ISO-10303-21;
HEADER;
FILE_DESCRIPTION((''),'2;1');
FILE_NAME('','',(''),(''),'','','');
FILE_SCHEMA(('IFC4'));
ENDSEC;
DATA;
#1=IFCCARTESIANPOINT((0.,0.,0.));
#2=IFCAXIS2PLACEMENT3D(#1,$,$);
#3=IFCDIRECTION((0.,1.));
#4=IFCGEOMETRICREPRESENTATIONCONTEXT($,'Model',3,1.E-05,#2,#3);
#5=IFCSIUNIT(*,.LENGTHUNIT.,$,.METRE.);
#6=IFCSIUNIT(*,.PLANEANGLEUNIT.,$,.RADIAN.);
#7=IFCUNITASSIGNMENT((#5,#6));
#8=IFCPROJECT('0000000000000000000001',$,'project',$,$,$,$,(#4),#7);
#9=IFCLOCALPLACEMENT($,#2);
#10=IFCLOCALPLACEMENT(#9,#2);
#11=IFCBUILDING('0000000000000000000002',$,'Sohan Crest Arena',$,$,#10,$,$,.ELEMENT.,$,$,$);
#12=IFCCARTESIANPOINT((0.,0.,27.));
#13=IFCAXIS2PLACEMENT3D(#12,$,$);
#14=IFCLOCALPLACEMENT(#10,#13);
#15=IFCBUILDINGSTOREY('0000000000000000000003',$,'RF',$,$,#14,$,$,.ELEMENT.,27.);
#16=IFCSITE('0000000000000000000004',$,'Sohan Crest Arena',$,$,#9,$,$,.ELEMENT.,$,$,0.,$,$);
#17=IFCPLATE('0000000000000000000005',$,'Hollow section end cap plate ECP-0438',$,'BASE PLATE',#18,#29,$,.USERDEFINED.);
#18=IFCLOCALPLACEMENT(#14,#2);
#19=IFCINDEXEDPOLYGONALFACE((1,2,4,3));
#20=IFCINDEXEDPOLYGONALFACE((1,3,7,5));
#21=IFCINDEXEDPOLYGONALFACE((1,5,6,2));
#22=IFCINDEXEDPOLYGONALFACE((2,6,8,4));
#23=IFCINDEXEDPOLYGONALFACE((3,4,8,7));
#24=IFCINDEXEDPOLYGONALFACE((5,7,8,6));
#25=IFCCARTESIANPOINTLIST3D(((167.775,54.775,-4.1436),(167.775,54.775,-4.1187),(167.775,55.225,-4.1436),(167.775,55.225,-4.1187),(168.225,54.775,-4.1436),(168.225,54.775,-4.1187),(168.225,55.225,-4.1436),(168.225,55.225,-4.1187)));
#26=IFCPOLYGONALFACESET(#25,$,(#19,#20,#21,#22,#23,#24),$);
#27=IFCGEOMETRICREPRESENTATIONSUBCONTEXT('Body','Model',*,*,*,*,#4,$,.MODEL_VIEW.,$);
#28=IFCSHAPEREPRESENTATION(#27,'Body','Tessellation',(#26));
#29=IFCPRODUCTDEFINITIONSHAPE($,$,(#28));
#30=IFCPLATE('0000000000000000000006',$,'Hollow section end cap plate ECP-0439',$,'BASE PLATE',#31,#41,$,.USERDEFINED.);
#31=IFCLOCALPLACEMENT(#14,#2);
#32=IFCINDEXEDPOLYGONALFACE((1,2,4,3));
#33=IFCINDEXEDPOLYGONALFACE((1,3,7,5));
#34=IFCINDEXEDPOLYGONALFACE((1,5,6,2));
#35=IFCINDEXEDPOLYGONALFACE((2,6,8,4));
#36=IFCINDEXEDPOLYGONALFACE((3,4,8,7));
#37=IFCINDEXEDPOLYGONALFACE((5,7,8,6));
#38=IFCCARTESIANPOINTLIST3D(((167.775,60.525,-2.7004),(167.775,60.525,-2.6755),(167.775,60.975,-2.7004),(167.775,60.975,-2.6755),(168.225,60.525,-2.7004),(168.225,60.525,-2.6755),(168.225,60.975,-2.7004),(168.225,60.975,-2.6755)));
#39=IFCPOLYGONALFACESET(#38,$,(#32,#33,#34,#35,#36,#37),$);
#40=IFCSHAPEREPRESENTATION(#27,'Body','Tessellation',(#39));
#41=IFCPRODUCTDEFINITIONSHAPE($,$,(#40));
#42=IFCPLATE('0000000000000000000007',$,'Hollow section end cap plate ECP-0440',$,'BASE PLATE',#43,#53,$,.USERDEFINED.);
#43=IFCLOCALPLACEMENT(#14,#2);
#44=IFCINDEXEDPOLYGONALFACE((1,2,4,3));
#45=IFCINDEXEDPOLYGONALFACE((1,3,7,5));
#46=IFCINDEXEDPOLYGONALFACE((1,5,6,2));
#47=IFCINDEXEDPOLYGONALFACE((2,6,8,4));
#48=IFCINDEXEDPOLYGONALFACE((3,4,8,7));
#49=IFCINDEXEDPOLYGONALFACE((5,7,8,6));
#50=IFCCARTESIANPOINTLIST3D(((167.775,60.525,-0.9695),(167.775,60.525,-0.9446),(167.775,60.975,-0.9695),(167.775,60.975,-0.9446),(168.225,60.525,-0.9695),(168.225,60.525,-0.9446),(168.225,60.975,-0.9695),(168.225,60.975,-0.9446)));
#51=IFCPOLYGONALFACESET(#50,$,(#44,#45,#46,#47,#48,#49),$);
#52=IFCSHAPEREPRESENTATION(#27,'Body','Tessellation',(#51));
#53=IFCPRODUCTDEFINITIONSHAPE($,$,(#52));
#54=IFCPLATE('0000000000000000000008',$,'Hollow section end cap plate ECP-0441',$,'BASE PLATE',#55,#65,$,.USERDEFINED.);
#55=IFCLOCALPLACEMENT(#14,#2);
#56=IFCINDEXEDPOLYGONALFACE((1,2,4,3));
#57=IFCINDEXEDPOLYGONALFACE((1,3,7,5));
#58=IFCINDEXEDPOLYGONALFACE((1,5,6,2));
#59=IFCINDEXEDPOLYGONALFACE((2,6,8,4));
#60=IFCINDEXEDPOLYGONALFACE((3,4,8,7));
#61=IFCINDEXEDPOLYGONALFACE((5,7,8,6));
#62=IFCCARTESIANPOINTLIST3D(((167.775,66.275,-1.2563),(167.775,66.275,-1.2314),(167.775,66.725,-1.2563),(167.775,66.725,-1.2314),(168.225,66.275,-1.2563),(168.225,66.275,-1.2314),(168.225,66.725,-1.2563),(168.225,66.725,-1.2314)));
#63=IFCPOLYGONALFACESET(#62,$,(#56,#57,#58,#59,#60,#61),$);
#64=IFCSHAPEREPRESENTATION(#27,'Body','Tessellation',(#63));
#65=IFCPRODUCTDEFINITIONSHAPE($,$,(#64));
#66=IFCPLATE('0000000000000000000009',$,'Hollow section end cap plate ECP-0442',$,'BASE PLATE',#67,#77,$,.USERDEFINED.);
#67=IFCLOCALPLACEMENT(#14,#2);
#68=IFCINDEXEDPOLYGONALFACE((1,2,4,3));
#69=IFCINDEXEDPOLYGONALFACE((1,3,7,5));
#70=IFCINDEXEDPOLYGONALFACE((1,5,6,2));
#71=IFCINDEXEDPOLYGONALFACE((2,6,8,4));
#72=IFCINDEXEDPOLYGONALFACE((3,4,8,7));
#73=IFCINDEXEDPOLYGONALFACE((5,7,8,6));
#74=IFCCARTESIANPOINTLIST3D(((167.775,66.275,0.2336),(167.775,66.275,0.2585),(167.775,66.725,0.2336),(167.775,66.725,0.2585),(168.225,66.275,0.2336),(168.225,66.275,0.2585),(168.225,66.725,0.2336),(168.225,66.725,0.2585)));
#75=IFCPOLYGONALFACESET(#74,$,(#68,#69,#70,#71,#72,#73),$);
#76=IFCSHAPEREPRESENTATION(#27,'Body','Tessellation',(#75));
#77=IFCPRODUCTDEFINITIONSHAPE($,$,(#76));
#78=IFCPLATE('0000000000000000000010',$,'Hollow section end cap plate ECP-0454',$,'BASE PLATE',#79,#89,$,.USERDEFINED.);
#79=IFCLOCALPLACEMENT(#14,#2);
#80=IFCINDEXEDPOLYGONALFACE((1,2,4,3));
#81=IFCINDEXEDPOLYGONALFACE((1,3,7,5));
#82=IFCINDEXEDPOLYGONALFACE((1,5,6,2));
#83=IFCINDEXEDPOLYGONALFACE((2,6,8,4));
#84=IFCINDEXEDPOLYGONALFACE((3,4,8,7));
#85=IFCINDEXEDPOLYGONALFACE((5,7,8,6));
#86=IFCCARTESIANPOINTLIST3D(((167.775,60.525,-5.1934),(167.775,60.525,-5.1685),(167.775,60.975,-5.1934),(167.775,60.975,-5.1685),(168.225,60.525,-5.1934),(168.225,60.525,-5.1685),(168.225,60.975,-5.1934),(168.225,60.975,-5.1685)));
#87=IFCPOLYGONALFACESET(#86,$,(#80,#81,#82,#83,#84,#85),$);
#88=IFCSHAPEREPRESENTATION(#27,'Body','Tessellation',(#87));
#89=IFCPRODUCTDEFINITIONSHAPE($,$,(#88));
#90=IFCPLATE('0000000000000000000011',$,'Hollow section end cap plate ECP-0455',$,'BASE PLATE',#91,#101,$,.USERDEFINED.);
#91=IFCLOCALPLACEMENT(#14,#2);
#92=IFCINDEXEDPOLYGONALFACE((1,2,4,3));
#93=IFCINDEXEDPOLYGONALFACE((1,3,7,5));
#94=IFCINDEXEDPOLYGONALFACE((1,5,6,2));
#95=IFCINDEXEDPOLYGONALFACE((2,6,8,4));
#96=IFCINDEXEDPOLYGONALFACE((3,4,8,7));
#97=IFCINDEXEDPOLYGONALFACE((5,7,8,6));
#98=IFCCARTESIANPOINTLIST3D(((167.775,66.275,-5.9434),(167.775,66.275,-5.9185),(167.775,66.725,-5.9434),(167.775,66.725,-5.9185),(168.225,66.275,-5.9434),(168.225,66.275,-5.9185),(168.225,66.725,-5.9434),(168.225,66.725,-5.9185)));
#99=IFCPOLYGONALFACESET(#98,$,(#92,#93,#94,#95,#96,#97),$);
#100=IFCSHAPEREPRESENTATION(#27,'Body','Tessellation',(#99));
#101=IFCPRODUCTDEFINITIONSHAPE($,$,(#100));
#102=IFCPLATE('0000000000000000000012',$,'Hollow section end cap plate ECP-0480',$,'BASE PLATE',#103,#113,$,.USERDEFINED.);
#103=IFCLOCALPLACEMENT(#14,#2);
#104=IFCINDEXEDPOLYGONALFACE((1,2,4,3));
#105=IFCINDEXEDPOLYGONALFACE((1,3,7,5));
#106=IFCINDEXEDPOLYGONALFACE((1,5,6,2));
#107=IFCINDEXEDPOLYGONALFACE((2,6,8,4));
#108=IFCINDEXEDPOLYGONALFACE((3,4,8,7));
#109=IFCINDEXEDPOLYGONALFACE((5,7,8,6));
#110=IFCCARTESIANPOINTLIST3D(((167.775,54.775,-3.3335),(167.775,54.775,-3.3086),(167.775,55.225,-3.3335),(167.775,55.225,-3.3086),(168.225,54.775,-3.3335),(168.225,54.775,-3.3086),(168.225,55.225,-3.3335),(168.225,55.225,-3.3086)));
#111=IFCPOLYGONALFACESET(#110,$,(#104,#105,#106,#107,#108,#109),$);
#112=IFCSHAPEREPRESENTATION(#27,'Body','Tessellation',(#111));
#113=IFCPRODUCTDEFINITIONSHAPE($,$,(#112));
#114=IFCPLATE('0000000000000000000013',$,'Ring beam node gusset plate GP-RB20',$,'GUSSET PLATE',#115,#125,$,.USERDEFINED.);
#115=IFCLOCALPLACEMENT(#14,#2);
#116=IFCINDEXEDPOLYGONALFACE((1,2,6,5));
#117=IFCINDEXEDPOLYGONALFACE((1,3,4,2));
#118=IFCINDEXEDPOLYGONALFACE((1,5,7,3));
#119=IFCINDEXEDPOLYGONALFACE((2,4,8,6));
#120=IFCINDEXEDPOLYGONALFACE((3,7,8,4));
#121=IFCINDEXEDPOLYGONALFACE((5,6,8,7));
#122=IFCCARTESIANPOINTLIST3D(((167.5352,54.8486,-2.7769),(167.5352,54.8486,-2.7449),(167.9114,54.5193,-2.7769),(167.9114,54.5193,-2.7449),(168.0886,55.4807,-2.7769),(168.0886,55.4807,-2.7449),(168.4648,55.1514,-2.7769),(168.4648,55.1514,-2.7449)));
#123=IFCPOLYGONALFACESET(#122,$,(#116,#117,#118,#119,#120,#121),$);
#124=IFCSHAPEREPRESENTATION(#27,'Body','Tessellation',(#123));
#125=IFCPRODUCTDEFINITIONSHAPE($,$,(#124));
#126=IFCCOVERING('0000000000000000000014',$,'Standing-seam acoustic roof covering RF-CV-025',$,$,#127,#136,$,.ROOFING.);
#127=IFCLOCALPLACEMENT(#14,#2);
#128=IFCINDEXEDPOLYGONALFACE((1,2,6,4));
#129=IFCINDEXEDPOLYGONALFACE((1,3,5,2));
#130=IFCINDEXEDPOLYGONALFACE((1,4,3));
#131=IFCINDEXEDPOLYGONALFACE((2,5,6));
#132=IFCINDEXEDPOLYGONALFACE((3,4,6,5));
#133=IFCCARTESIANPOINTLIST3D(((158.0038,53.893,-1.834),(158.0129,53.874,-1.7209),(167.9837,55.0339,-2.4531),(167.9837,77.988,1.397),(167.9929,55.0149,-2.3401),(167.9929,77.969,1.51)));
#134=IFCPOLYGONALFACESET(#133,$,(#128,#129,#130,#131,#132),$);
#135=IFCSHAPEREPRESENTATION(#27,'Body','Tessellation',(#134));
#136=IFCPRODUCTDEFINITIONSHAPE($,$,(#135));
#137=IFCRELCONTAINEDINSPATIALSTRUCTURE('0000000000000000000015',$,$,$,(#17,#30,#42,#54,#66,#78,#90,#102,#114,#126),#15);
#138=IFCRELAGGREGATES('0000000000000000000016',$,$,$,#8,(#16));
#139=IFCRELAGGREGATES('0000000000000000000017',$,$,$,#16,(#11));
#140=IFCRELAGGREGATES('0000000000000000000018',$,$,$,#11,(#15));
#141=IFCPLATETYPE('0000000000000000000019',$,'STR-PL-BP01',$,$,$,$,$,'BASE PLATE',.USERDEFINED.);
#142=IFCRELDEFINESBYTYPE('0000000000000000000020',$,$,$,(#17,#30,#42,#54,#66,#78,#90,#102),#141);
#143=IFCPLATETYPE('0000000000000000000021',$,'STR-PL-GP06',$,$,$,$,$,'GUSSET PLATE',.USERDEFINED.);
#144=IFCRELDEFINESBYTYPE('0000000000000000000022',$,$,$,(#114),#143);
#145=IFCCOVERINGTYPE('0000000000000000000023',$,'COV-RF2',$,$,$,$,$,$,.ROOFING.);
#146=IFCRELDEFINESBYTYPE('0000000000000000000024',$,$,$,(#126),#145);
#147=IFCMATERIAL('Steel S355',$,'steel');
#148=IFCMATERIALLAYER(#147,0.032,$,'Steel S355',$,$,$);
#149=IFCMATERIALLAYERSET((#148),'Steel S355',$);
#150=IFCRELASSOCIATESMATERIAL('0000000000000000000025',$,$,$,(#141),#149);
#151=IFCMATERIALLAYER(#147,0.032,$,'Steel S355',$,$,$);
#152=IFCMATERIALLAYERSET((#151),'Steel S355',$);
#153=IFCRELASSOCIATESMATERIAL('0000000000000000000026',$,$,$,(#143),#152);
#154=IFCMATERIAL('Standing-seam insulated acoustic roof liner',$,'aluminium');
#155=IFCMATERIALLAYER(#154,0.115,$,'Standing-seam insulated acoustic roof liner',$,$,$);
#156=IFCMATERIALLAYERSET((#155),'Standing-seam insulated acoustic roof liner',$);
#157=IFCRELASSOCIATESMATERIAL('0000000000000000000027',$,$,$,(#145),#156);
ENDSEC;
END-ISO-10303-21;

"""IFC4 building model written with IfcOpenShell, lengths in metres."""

from ifc_helpers import new_model, si_unit, direction, frame, origin, origin_2d, place, context, subcontext, project, spatial, polyline, rectangle, outline, extrude, material, layer, layer_set, type_object, element, save


model = new_model("IFC4")

# Units and contexts
model_context = context("Model", 3, precision=1e-05, world=origin(), true_north=direction((0.0, 1.0)))
body_context = subcontext(model_context, "Body", "Model", "MODEL_VIEW")
ifc_project = project(units=[si_unit("LENGTHUNIT", "METRE"), si_unit("PLANEANGLEUNIT", "RADIAN")], contexts=[model_context])

# Site, building, storey
site_placement = place(None, origin())
site = spatial("IfcSite", under=ifc_project, at=site_placement, Name="Sohan Crest Arena", CompositionType="ELEMENT", RefElevation=0.0)
building_placement = place(site_placement, origin())
building = spatial("IfcBuilding", under=site, at=building_placement, Name="Sohan Crest Arena", CompositionType="ELEMENT")
storey_placement = place(building_placement, frame((0.0, 0.0, 27.0)))
storey = spatial("IfcBuildingStorey", under=building, at=storey_placement, Name="RF", CompositionType="ELEMENT", Elevation=27.0)

# Shared definitions
ifc_material_1 = material(Name="Steel S355", Category="steel")

# Plates
ifc_layer_1 = layer(ifc_material_1, 0.032, Name="Steel S355")
ifc_layer_set_1 = layer_set([ifc_layer_1], Name="Steel S355")
plate_type_1 = type_object("IfcPlateType", Name="STR-PL-BP01", ElementType="BASE PLATE", PredefinedType="USERDEFINED", material=ifc_layer_set_1)
for number, where, z_axis, x_axis, name in (
    (1, (168.0, 55.0, -4.1436), (0.0, 0.0, 1.0), (1.0, 0.0, 0.0), "Hollow section end cap plate ECP-0438"),
    (2, (168.0, 60.75, -2.7004), (0.0, 0.0, 1.0), (1.0, 0.0, 0.0), "Hollow section end cap plate ECP-0439"),
    (3, (168.0, 60.75, -0.9695), (0.0, 0.0, 1.0), (1.0, 0.0, 0.0), "Hollow section end cap plate ECP-0440"),
    (4, (168.0, 66.5, -1.2563), (0.0, 0.0, 1.0), (1.0, 0.0, 0.0), "Hollow section end cap plate ECP-0441"),
    (5, (168.0, 66.5, 0.2336), (0.0, 0.0, 1.0), (1.0, 0.0, 0.0), "Hollow section end cap plate ECP-0442"),
    (6, (168.0, 60.75, -5.1934), (0.0, 0.0, 1.0), (1.0, 0.0, 0.0), "Hollow section end cap plate ECP-0454"),
    (7, (168.0, 66.5, -5.9434), (0.0, 0.0, 1.0), (1.0, 0.0, 0.0), "Hollow section end cap plate ECP-0455"),
    (8, (168.0, 55.0, -3.3335), (0.0, 0.0, 1.0), (1.0, 0.0, 0.0), "Hollow section end cap plate ECP-0480"),
):
    element("IfcPlate", number, at=place(storey_placement, frame(where, z_axis=z_axis, x_axis=x_axis)), inside=storey, type_object=plate_type_1, Name=name, ObjectType="BASE PLATE", PredefinedType="USERDEFINED", context=body_context, shape_type="SweptSolid", body=[
        extrude(rectangle(XDim=0.45, YDim=0.45, at=origin_2d()), origin(), (0.0, 0.0, 1.0), 0.0249),
    ])
ifc_layer_2 = layer(ifc_material_1, 0.032, Name="Steel S355")
ifc_layer_set_2 = layer_set([ifc_layer_2], Name="Steel S355")
plate_type_2 = type_object("IfcPlateType", Name="STR-PL-GP06", ElementType="GUSSET PLATE", PredefinedType="USERDEFINED", material=ifc_layer_set_2)
plate_placement = place(storey_placement, frame((168.0, 55.0, -2.7769), z_axis=(0.0, 0.0, 1.0), x_axis=(0.658689, 0.752415, 0.0)))
element("IfcPlate", 9, at=plate_placement, inside=storey, type_object=plate_type_2, Name="Ring beam node gusset plate GP-RB20", ObjectType="GUSSET PLATE", PredefinedType="USERDEFINED", context=body_context, shape_type="SweptSolid", body=[
    extrude(rectangle(XDim=0.8401, YDim=0.5, at=origin_2d()), origin(), (0.0, 0.0, 1.0), 0.032),
])

# Covering
ifc_material_2 = material(Name="Standing-seam insulated acoustic roof liner", Category="aluminium")
ifc_layer_3 = layer(ifc_material_2, 0.115, Name="Standing-seam insulated acoustic roof liner")
ifc_layer_set_3 = layer_set([ifc_layer_3], Name="Standing-seam insulated acoustic roof liner")
covering_type = type_object("IfcCoveringType", Name="COV-RF2", PredefinedType="ROOFING", material=ifc_layer_set_3)
covering_placement = place(storey_placement, frame((158.0129, 53.874, -1.7209), z_axis=(0.079838, -0.164891, 0.983075), x_axis=(0.991647, 0.113361, -0.06152)))
element("IfcCovering", 10, at=covering_placement, inside=storey, type_object=covering_type, Name="Standing-seam acoustic roof covering RF-CV-025", PredefinedType="ROOFING", context=body_context, shape_type="SweptSolid", body=[
    extrude(outline(polyline([(0.0, 0.0), (10.064, 0.0), (12.4293, 23.1543), (0.0, 0.0)])), origin(), (0.0, 0.0, -1.0), 0.115),
])

save(model, "model.ifc")
